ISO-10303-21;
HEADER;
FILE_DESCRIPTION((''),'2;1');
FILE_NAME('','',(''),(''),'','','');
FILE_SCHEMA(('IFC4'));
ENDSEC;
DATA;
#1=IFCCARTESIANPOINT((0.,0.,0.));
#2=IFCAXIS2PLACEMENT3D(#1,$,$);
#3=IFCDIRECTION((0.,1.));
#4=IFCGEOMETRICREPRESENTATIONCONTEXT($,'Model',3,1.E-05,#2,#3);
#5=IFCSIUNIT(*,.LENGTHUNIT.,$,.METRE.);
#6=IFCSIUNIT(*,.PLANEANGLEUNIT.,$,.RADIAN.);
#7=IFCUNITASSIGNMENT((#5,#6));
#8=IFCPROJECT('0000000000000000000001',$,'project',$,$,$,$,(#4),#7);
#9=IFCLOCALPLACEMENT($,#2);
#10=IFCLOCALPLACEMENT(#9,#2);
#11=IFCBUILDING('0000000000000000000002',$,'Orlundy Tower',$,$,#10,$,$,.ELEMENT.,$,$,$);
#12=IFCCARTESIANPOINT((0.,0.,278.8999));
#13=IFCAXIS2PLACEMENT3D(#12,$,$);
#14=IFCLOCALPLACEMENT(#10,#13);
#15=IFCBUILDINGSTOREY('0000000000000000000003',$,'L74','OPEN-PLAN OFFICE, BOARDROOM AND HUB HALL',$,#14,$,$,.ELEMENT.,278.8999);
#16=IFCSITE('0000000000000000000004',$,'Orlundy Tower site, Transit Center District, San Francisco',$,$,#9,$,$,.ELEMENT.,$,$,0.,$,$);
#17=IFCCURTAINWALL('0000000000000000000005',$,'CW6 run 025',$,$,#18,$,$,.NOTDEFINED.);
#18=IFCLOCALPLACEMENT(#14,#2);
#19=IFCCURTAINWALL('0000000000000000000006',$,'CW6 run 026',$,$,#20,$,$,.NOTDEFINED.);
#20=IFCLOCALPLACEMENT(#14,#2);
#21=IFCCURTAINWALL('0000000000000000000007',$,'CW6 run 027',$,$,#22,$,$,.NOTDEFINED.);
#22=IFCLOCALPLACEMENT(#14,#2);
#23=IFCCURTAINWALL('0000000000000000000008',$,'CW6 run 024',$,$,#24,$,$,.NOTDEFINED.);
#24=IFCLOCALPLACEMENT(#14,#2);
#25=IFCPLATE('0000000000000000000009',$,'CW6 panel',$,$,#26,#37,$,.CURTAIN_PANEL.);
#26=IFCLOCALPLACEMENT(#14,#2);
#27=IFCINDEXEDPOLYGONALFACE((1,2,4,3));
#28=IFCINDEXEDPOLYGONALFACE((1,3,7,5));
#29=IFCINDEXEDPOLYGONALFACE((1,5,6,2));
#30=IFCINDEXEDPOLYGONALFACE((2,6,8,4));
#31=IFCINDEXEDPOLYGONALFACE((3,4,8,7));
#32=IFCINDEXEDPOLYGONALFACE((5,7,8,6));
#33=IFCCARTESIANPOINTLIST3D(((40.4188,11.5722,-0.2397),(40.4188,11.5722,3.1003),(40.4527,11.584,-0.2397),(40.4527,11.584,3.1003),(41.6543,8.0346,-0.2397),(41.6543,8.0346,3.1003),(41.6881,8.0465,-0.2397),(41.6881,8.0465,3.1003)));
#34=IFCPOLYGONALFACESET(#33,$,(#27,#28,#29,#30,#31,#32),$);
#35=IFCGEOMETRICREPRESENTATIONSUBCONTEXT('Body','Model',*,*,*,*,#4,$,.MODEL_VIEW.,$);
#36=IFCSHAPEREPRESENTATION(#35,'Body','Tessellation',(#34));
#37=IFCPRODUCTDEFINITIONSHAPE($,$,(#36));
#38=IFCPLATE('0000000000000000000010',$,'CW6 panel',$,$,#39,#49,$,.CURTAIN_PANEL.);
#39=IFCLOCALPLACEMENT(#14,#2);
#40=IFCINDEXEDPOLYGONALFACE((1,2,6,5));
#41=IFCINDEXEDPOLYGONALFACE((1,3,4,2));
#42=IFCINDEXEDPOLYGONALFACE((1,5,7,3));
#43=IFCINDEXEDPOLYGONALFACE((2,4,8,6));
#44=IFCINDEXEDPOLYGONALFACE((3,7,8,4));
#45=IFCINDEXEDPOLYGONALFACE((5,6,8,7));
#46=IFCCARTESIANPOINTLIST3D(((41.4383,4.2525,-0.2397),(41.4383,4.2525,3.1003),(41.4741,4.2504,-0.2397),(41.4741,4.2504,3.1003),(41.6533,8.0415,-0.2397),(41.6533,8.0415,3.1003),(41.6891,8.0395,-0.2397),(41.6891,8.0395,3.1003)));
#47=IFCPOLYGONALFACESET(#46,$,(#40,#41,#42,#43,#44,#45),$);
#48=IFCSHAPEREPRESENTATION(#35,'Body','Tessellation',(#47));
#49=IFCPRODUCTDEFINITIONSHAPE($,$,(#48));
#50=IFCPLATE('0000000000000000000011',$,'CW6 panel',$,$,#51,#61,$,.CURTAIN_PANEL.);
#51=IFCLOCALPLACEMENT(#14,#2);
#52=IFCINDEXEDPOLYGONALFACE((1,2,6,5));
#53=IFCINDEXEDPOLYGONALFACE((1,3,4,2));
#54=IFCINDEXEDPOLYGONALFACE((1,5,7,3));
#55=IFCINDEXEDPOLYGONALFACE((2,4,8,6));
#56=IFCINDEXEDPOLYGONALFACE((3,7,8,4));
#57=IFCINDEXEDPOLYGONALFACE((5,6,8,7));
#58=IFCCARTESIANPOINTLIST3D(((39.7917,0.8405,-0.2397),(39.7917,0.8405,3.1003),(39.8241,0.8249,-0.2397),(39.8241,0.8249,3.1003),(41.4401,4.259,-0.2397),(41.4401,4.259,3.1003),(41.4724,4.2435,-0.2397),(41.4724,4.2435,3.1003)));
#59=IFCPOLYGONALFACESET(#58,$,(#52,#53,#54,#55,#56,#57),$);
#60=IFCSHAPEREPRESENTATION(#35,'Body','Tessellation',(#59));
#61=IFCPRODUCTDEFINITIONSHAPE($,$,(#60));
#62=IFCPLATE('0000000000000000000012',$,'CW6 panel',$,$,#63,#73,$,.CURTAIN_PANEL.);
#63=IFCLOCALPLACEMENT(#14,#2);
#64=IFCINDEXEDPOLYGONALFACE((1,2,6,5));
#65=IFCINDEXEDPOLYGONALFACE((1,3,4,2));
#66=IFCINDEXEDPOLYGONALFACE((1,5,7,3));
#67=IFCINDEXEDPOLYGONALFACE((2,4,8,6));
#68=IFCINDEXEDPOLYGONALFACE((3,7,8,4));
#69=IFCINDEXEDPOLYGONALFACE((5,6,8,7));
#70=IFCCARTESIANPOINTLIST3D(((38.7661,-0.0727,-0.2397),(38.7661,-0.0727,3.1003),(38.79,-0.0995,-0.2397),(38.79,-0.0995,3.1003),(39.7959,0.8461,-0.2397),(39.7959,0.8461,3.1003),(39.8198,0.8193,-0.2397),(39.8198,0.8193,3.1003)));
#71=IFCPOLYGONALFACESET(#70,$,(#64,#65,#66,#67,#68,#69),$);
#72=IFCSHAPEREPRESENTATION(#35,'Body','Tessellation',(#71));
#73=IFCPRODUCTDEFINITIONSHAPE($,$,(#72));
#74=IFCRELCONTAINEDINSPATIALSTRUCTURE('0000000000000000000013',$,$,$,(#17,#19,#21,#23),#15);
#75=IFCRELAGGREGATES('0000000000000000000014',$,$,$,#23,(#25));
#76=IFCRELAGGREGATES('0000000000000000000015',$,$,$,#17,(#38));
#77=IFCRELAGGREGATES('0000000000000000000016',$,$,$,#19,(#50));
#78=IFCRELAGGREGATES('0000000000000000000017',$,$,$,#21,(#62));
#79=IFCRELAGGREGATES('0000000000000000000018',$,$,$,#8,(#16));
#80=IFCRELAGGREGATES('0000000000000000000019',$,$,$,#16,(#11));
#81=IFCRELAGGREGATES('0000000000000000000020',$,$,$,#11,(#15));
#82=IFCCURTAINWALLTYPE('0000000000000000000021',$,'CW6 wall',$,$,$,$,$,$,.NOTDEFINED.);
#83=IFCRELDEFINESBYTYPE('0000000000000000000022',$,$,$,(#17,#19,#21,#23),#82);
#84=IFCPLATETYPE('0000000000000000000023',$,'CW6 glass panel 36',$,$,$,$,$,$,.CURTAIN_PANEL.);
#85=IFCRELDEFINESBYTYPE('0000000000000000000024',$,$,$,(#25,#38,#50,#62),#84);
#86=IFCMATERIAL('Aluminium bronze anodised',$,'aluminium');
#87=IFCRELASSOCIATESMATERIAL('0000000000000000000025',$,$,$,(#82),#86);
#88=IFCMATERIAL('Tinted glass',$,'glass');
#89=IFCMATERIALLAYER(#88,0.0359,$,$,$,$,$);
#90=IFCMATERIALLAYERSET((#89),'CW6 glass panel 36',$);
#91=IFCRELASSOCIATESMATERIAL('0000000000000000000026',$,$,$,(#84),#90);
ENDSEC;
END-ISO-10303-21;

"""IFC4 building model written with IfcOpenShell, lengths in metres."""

from ifc_helpers import new_model, si_unit, direction, frame, origin, origin_2d, place, context, subcontext, project, spatial, rectangle, extrude, material, layer, layer_set, type_object, element, aggregate, save


model = new_model("IFC4")

# Units and contexts
model_context = context("Model", 3, precision=1e-05, world=origin(), true_north=direction((0.0, 1.0)))
body_context = subcontext(model_context, "Body", "Model", "MODEL_VIEW")
ifc_project = project(units=[si_unit("LENGTHUNIT", "METRE"), si_unit("PLANEANGLEUNIT", "RADIAN")], contexts=[model_context])

# Site, building, storey
site_placement = place(None, origin())
site = spatial("IfcSite", under=ifc_project, at=site_placement, Name="Orlundy Tower site, Transit Center District, San Francisco", CompositionType="ELEMENT", RefElevation=0.0)
building_placement = place(site_placement, origin())
building = spatial("IfcBuilding", under=site, at=building_placement, Name="Orlundy Tower", CompositionType="ELEMENT")
storey_placement = place(building_placement, frame((0.0, 0.0, 278.8999)))
storey = spatial("IfcBuildingStorey", under=building, at=storey_placement, Name="L74", Description="OPEN-PLAN OFFICE, BOARDROOM AND HUB HALL", CompositionType="ELEMENT", Elevation=278.8999)

# Curtain walls
ifc_material_1 = material(Name="Aluminium bronze anodised", Category="aluminium")
curtain_wall_type = type_object("IfcCurtainWallType", Name="CW6 wall", PredefinedType="NOTDEFINED", material=ifc_material_1)
curtain_wall_1_placement = place(storey_placement, origin())
curtain_wall_1 = element("IfcCurtainWall", 1, at=curtain_wall_1_placement, inside=storey, type_object=curtain_wall_type, Name="CW6 run 025", PredefinedType="NOTDEFINED")
curtain_wall_2_placement = place(storey_placement, origin())
curtain_wall_2 = element("IfcCurtainWall", 2, at=curtain_wall_2_placement, inside=storey, type_object=curtain_wall_type, Name="CW6 run 026", PredefinedType="NOTDEFINED")
curtain_wall_3_placement = place(storey_placement, origin())
curtain_wall_3 = element("IfcCurtainWall", 3, at=curtain_wall_3_placement, inside=storey, type_object=curtain_wall_type, Name="CW6 run 027", PredefinedType="NOTDEFINED")

# Curtain wall
curtain_wall_4_placement = place(storey_placement, origin())
curtain_wall_4 = element("IfcCurtainWall", 4, at=curtain_wall_4_placement, inside=storey, type_object=curtain_wall_type, Name="CW6 run 024", PredefinedType="NOTDEFINED")

# Shared definitions
ifc_material_2 = material(Name="Tinted glass", Category="glass")
ifc_layer = layer(ifc_material_2, 0.0359)
ifc_layer_set = layer_set([ifc_layer], Name="CW6 glass panel 36")
plate_type = type_object("IfcPlateType", Name="CW6 glass panel 36", PredefinedType="CURTAIN_PANEL", material=ifc_layer_set)

# Plates
plate_1_placement = place(storey_placement, frame((41.0535, 9.8093, -0.2397), z_axis=(0.0, 0.0, 1.0), x_axis=(0.329713, -0.944081, 0.0)))
plate_1 = element("IfcPlate", 5, at=plate_1_placement, type_object=plate_type, Name="CW6 panel", PredefinedType="CURTAIN_PANEL", context=body_context, shape_type="SweptSolid", body=[
    extrude(rectangle(XDim=3.7471, YDim=0.0359, at=origin_2d()), origin(), (0.0, 0.0, 1.0), 3.3401),
])
aggregate(curtain_wall_4, [plate_1])
plate_2_placement = place(storey_placement, frame((41.5637, 6.146, -0.2397), z_axis=(0.0, 0.0, 1.0), x_axis=(-0.05665, -0.998394, 0.0)))
plate_2 = element("IfcPlate", 6, at=plate_2_placement, type_object=plate_type, Name="CW6 panel", PredefinedType="CURTAIN_PANEL", context=body_context, shape_type="SweptSolid", body=[
    extrude(rectangle(XDim=3.7952, YDim=0.0359, at=origin_2d()), origin(), (0.0, 0.0, 1.0), 3.3401),
])
aggregate(curtain_wall_1, [plate_2])
plate_3_placement = place(storey_placement, frame((40.6321, 2.542, -0.2397), z_axis=(0.0, 0.0, 1.0), x_axis=(-0.434327, -0.900755, 0.0)))
plate_3 = element("IfcPlate", 7, at=plate_3_placement, type_object=plate_type, Name="CW6 panel", PredefinedType="CURTAIN_PANEL", context=body_context, shape_type="SweptSolid", body=[
    extrude(rectangle(XDim=3.7952, YDim=0.0359, at=origin_2d()), origin(), (0.0, 0.0, 1.0), 3.3401),
])
aggregate(curtain_wall_2, [plate_3])
plate_4_placement = place(storey_placement, frame((39.293, 0.3733, -0.2397), z_axis=(0.0, 0.0, 1.0), x_axis=(-0.746158, -0.665769, 0.0)))
plate_4 = element("IfcPlate", 8, at=plate_4_placement, type_object=plate_type, Name="CW6 panel", PredefinedType="CURTAIN_PANEL", context=body_context, shape_type="SweptSolid", body=[
    extrude(rectangle(XDim=1.3801, YDim=0.0359, at=origin_2d()), origin(), (0.0, 0.0, 1.0), 3.3401),
])
aggregate(curtain_wall_3, [plate_4])

save(model, "model.ifc")
